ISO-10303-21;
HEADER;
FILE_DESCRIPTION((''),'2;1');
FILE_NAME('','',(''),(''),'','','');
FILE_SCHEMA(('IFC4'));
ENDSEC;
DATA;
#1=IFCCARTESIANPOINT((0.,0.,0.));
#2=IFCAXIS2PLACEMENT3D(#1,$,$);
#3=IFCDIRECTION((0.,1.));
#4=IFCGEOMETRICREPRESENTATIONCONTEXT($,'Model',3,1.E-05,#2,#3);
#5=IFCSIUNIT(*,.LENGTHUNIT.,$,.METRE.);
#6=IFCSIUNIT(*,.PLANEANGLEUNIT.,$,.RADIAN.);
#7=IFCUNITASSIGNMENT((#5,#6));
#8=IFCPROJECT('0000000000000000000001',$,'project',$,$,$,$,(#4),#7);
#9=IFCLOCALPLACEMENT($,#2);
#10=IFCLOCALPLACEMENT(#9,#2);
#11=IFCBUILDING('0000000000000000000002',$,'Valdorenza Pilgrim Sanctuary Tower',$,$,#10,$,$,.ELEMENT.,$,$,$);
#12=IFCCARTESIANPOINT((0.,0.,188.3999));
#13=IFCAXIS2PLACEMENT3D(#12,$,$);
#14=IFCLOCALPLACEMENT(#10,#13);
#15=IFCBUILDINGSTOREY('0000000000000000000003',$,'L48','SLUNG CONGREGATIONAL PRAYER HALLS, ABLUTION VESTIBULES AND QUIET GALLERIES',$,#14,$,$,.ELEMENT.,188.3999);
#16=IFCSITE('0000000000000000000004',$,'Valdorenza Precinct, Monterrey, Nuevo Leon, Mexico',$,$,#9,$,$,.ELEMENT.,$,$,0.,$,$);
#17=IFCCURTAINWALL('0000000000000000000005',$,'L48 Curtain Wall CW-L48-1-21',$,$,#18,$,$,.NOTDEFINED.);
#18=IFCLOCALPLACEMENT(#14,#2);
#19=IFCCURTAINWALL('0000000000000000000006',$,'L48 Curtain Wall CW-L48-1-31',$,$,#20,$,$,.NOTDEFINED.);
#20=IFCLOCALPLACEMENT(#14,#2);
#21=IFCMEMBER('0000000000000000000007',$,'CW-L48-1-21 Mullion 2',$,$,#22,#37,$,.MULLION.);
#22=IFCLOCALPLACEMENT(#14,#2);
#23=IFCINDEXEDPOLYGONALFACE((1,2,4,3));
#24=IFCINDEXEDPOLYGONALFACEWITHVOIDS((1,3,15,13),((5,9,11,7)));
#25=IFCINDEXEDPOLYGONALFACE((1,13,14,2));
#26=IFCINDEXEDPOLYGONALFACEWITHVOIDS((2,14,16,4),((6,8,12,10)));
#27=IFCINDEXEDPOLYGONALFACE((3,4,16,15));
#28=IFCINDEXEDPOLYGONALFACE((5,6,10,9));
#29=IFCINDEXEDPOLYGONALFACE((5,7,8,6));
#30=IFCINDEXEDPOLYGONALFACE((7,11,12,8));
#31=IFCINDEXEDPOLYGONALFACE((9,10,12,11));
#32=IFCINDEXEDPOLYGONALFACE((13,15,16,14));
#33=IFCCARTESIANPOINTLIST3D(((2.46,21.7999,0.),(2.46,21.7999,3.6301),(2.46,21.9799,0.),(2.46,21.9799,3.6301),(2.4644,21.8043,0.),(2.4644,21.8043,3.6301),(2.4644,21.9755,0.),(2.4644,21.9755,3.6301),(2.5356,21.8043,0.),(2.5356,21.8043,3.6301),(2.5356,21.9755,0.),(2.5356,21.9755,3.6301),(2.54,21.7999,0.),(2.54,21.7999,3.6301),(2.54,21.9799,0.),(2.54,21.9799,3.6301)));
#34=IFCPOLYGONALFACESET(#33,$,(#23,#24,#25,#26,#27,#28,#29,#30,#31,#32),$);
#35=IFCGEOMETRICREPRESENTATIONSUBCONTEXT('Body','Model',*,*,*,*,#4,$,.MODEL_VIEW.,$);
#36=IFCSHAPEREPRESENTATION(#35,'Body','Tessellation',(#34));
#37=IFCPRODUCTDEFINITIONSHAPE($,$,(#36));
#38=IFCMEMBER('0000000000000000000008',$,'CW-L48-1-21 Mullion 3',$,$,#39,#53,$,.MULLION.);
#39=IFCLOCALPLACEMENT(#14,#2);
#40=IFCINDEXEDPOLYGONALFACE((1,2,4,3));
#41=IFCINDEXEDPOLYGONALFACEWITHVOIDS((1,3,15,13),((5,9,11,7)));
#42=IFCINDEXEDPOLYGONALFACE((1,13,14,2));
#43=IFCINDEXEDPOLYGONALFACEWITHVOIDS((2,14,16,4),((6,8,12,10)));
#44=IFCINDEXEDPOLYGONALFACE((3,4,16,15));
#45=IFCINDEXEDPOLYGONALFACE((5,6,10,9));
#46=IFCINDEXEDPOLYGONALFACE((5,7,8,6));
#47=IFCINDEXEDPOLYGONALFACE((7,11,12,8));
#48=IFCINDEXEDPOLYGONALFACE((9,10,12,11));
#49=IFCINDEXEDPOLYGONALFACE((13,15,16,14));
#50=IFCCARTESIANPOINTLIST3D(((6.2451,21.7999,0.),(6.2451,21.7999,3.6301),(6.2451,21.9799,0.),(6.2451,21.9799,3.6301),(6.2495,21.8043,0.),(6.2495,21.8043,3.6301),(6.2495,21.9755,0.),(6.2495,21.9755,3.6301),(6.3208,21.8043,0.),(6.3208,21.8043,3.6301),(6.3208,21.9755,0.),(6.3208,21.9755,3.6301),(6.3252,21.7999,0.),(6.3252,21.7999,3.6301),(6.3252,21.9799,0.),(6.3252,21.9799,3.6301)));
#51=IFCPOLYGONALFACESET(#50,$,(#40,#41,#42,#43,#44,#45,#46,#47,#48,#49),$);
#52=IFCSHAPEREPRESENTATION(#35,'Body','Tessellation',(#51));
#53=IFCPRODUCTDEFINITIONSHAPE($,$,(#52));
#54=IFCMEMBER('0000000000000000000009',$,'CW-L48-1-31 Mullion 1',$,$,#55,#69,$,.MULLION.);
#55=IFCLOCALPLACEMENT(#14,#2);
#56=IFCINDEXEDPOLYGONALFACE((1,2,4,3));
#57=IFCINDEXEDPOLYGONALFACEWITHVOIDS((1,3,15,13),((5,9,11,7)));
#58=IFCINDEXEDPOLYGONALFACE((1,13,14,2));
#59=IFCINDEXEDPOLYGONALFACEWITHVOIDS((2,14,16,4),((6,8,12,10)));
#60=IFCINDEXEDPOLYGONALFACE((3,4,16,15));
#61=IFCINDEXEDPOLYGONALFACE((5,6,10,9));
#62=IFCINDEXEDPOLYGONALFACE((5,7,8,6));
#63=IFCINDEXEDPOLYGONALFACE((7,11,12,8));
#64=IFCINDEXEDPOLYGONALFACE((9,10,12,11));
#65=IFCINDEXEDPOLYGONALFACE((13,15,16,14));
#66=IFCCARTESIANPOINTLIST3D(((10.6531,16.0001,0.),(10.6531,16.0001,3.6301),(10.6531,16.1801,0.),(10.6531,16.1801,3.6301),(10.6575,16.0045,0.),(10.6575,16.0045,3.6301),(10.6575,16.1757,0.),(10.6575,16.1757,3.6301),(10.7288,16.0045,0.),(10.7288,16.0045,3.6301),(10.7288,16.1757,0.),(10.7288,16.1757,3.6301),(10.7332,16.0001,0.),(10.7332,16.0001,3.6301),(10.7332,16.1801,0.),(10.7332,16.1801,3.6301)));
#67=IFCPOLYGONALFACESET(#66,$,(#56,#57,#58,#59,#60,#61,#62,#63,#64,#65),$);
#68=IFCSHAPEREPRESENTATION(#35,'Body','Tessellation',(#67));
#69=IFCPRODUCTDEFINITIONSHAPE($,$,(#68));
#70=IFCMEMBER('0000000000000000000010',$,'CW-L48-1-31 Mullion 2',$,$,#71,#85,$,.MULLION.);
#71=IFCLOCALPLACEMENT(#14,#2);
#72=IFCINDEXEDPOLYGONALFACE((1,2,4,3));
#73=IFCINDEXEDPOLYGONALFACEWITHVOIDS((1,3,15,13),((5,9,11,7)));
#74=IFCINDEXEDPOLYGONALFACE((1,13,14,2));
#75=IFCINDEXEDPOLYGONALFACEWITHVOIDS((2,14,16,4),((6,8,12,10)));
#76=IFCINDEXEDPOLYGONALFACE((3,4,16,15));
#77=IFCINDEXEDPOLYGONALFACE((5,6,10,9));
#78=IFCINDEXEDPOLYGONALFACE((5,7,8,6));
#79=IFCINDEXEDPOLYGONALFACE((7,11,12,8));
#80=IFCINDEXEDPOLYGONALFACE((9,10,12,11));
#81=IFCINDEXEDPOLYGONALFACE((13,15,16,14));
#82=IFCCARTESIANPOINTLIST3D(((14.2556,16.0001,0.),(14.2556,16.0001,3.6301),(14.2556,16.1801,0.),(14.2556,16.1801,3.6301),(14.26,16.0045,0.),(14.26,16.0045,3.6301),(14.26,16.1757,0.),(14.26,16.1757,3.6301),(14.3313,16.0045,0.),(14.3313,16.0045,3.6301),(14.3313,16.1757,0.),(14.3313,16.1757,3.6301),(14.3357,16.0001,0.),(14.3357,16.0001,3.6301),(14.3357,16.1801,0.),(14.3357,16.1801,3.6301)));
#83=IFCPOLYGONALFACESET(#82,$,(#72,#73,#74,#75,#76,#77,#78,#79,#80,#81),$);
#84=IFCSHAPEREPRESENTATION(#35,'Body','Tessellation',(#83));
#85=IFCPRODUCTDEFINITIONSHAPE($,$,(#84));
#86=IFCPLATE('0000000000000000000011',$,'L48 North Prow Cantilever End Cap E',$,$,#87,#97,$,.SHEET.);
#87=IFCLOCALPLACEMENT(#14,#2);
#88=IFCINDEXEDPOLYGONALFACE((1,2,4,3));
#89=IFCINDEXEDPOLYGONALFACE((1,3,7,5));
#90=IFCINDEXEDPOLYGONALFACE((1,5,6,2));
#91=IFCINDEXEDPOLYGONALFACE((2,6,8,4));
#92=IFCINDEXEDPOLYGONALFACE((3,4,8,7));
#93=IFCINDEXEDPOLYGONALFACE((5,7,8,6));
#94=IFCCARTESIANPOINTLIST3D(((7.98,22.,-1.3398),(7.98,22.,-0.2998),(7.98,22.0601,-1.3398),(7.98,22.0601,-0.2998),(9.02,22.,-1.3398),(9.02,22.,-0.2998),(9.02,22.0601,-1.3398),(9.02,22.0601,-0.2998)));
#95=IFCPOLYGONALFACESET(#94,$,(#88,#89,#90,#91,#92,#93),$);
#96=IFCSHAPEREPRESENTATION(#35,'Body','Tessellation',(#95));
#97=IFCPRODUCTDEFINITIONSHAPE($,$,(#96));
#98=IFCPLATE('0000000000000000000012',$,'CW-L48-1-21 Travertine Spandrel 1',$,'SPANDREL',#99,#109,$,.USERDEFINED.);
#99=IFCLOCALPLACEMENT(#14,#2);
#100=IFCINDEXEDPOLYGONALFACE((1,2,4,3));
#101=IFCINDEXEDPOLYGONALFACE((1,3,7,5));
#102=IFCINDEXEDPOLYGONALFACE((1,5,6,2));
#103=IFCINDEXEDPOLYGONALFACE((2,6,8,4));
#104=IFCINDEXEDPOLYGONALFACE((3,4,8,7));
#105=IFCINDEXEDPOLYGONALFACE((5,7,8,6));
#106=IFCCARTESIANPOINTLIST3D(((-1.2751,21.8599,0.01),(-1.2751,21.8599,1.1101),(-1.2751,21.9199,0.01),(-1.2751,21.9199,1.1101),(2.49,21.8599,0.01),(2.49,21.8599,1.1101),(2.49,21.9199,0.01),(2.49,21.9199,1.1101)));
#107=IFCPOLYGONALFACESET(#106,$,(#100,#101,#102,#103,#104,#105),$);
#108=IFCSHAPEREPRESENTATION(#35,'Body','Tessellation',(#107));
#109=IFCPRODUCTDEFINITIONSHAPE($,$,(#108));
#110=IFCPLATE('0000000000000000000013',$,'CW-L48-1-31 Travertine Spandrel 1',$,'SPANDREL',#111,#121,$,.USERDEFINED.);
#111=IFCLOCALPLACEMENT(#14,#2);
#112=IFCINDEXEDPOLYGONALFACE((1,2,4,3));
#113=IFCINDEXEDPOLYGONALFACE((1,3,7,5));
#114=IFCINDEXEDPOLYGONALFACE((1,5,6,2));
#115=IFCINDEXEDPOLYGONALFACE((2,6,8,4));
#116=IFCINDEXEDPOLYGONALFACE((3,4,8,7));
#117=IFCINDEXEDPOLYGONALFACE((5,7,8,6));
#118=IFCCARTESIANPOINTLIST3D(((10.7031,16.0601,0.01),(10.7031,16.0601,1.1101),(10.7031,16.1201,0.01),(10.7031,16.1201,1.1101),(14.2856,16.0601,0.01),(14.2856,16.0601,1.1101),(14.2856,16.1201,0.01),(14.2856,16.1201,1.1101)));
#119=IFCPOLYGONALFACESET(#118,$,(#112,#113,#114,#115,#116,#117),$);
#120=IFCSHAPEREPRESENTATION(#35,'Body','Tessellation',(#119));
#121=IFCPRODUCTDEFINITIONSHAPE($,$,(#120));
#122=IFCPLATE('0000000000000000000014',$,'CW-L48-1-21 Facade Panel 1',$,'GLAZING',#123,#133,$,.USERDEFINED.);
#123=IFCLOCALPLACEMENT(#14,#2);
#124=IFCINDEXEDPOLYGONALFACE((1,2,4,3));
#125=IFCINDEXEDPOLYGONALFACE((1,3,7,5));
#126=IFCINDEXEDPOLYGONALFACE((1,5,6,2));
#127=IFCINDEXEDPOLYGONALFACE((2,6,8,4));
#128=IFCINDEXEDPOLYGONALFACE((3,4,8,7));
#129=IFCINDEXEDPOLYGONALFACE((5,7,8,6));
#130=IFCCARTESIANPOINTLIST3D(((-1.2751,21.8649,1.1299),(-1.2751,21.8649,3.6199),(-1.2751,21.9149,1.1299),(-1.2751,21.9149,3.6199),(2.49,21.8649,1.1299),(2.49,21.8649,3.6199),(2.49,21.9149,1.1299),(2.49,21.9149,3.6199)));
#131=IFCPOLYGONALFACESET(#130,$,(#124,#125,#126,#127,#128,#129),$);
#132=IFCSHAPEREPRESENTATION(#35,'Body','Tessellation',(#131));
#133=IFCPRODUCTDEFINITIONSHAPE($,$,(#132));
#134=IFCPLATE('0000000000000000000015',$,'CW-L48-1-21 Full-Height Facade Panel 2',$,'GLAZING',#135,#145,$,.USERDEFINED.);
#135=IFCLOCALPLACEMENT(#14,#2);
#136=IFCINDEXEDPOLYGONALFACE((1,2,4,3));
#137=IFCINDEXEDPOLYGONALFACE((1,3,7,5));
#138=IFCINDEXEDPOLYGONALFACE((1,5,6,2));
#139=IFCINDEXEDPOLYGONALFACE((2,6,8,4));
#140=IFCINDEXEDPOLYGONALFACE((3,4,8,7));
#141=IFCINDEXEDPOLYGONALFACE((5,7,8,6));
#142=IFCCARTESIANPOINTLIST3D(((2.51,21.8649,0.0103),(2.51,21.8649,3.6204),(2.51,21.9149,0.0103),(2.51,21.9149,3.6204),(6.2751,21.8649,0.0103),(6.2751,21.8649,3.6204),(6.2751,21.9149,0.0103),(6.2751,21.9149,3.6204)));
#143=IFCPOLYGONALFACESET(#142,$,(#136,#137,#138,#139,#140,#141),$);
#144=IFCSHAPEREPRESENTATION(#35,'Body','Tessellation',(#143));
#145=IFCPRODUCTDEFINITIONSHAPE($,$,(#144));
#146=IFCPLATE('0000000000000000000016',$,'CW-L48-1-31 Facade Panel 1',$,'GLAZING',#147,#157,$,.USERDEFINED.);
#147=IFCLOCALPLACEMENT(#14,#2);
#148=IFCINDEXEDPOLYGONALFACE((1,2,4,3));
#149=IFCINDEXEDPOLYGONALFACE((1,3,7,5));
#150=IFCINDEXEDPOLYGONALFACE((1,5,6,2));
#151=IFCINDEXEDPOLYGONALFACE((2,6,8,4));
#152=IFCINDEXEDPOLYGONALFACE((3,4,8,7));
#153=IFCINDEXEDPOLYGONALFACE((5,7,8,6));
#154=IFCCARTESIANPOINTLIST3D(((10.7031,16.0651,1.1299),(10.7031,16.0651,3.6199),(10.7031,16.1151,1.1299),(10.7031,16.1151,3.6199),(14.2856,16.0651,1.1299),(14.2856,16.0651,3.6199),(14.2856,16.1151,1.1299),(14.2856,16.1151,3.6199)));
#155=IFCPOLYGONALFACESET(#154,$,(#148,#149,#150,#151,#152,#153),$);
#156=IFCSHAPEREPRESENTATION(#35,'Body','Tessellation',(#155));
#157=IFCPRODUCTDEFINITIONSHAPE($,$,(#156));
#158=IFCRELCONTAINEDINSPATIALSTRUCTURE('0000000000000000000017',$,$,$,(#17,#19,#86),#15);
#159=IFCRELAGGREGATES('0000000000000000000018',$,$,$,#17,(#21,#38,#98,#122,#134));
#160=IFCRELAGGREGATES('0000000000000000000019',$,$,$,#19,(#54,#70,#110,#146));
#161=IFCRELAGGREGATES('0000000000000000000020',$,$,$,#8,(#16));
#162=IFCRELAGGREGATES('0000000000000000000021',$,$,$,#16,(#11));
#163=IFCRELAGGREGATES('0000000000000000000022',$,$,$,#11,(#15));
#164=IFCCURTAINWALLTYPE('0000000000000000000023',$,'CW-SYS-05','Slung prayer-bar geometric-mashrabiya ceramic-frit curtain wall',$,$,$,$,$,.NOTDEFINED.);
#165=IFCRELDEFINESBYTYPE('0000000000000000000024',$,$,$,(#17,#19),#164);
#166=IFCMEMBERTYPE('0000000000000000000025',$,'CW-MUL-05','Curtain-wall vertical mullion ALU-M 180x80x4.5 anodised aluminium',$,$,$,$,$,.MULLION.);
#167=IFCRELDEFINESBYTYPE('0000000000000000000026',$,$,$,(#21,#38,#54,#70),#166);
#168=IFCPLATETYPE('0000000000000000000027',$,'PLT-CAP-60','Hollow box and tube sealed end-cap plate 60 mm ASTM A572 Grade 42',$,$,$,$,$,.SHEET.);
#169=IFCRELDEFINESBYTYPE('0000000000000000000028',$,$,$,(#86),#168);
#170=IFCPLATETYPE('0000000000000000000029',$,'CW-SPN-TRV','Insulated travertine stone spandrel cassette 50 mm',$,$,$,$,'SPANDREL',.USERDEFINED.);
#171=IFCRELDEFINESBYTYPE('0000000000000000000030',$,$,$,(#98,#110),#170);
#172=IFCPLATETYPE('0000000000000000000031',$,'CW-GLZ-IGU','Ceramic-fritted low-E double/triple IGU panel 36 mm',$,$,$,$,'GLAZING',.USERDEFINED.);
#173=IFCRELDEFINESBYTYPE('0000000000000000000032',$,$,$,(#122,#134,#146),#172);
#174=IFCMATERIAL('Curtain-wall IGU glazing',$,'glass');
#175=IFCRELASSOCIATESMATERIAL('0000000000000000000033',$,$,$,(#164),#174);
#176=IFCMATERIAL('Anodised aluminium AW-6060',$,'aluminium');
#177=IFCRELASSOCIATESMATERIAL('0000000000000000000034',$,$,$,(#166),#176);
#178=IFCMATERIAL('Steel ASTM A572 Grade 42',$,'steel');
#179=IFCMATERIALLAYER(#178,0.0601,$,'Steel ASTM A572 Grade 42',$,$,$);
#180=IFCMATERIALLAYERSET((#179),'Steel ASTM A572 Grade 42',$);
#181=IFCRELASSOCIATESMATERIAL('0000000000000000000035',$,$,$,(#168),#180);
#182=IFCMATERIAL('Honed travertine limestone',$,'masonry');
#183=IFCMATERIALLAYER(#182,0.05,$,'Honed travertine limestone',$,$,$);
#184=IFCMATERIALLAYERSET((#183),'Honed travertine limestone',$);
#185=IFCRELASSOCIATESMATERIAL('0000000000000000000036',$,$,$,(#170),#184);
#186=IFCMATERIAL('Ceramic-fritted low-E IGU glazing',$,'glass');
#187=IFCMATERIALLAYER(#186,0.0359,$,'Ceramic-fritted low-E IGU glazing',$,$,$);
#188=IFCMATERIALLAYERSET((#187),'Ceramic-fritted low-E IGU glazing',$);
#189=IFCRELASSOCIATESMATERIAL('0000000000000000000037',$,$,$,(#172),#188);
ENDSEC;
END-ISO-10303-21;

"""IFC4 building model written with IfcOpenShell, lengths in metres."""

from ifc_helpers import new_model, si_unit, direction, frame, origin, origin_2d, place, context, subcontext, project, spatial, rectangle, hollow_rectangle, extrude, source, transform, mapped, material, layer, layer_set, material_profile, profile_set, type_object, element, aggregate, save


model = new_model("IFC4")

# Units and contexts
model_context = context("Model", 3, precision=1e-05, world=origin(), true_north=direction((0.0, 1.0)))
body_context = subcontext(model_context, "Body", "Model", "MODEL_VIEW")
ifc_project = project(units=[si_unit("LENGTHUNIT", "METRE"), si_unit("PLANEANGLEUNIT", "RADIAN")], contexts=[model_context])

# Site, building, storey
site_placement = place(None, origin())
site = spatial("IfcSite", under=ifc_project, at=site_placement, Name="Valdorenza Precinct, Monterrey, Nuevo Leon, Mexico", CompositionType="ELEMENT", RefElevation=0.0)
building_placement = place(site_placement, origin())
building = spatial("IfcBuilding", under=site, at=building_placement, Name="Valdorenza Pilgrim Sanctuary Tower", CompositionType="ELEMENT")
storey_placement = place(building_placement, frame((0.0, 0.0, 188.3999)))
storey = spatial("IfcBuildingStorey", under=building, at=storey_placement, Name="L48", Description="SLUNG CONGREGATIONAL PRAYER HALLS, ABLUTION VESTIBULES AND QUIET GALLERIES", CompositionType="ELEMENT", Elevation=188.3999)

# Shared definitions
ifc_material_1 = material(Name="Steel ASTM A572 Grade 42", Category="steel")

# Curtain walls
ifc_material_2 = material(Name="Curtain-wall IGU glazing", Category="glass")
curtain_wall_type_1 = type_object("IfcCurtainWallType", Name="CW-SYS-05", Description="Slung prayer-bar geometric-mashrabiya ceramic-frit curtain wall", PredefinedType="NOTDEFINED", material=ifc_material_2)
curtain_wall_1_placement = place(storey_placement, origin())
curtain_wall_1 = element("IfcCurtainWall", 1, at=curtain_wall_1_placement, inside=storey, type_object=curtain_wall_type_1, Name="L48 Curtain Wall CW-L48-1-21", PredefinedType="NOTDEFINED")
ifc_material_3 = material(Name="Anodised aluminium AW-6060", Category="aluminium")
curtain_wall_2_placement = place(storey_placement, origin())
curtain_wall_2 = element("IfcCurtainWall", 2, at=curtain_wall_2_placement, inside=storey, type_object=curtain_wall_type_1, Name="L48 Curtain Wall CW-L48-1-31", PredefinedType="NOTDEFINED")

# Members
ifc_material_profile_1 = material_profile(ifc_material_3, hollow_rectangle(XDim=0.0801, YDim=0.1799, WallThickness=0.0044, at=origin_2d()), Name="ALU-M 180x80x4.5")
ifc_profile_set_1 = profile_set([ifc_material_profile_1], Name="Anodised aluminium AW-6060")
member_type_1 = type_object("IfcMemberType", Name="CW-MUL-05", Description="Curtain-wall vertical mullion ALU-M 180x80x4.5 anodised aluminium", PredefinedType="MULLION", material=ifc_profile_set_1)
shared_shape_1 = source(origin(), body_context, "Body", "SweptSolid", [
    extrude(hollow_rectangle(XDim=0.0801, YDim=0.1799, WallThickness=0.0044, at=origin_2d()), origin(), (0.0, 0.0, 1.0), 3.6301),
])
member_1_placement = place(storey_placement, frame((2.5, 21.8899, 0.0), z_axis=(0.0, 0.0, 1.0), x_axis=(1.0, 0.0, 0.0)))
member_1 = element("IfcMember", 3, at=member_1_placement, type_object=member_type_1, Name="CW-L48-1-21 Mullion 2", PredefinedType="MULLION", context=body_context, shape_type="MappedRepresentation", body=[
    mapped(shared_shape_1, transform((0.0, 0.0, 0.0), x_axis=(1.0, 0.0, 0.0), y_axis=(0.0, 1.0, 0.0), z_axis=(0.0, 0.0, 1.0), scale=1.0)),
])
member_2_placement = place(storey_placement, frame((6.2852, 21.8899, 0.0), z_axis=(0.0, 0.0, 1.0), x_axis=(1.0, 0.0, 0.0)))
member_2 = element("IfcMember", 4, at=member_2_placement, type_object=member_type_1, Name="CW-L48-1-21 Mullion 3", PredefinedType="MULLION", context=body_context, shape_type="MappedRepresentation", body=[
    mapped(shared_shape_1, transform((0.0, 0.0, 0.0), x_axis=(1.0, 0.0, 0.0), y_axis=(0.0, 1.0, 0.0), z_axis=(0.0, 0.0, 1.0), scale=1.0)),
])
member_3_placement = place(storey_placement, frame((10.6931, 16.0901, 0.0), z_axis=(0.0, 0.0, 1.0), x_axis=(1.0, 0.0, 0.0)))
member_3 = element("IfcMember", 5, at=member_3_placement, type_object=member_type_1, Name="CW-L48-1-31 Mullion 1", PredefinedType="MULLION", context=body_context, shape_type="MappedRepresentation", body=[
    mapped(shared_shape_1, transform((0.0, 0.0, 0.0), x_axis=(1.0, 0.0, 0.0), y_axis=(0.0, 1.0, 0.0), z_axis=(0.0, 0.0, 1.0), scale=1.0)),
])
member_4_placement = place(storey_placement, frame((14.2957, 16.0901, 0.0), z_axis=(0.0, 0.0, 1.0), x_axis=(1.0, 0.0, 0.0)))
member_4 = element("IfcMember", 6, at=member_4_placement, type_object=member_type_1, Name="CW-L48-1-31 Mullion 2", PredefinedType="MULLION", context=body_context, shape_type="MappedRepresentation", body=[
    mapped(shared_shape_1, transform((0.0, 0.0, 0.0), x_axis=(1.0, 0.0, 0.0), y_axis=(0.0, 1.0, 0.0), z_axis=(0.0, 0.0, 1.0), scale=1.0)),
])

# Plates
ifc_layer_1 = layer(ifc_material_1, 0.0601, Name="Steel ASTM A572 Grade 42")
ifc_layer_set_1 = layer_set([ifc_layer_1], Name="Steel ASTM A572 Grade 42")
plate_type_1 = type_object("IfcPlateType", Name="PLT-CAP-60", Description="Hollow box and tube sealed end-cap plate 60 mm ASTM A572 Grade 42", PredefinedType="SHEET", material=ifc_layer_set_1)
shared_shape_2 = source(origin(), body_context, "Body", "SweptSolid", [
    extrude(rectangle(XDim=1.04, YDim=0.0601, at=origin_2d()), origin(), (0.0, 0.0, 1.0), 1.04),
])
plate_1_placement = place(storey_placement, frame((8.5, 22.03, -1.3398), z_axis=(0.0, 0.0, 1.0), x_axis=(1.0, 0.0, 0.0)))
element("IfcPlate", 7, at=plate_1_placement, inside=storey, type_object=plate_type_1, Name="L48 North Prow Cantilever End Cap E", PredefinedType="SHEET", context=body_context, shape_type="MappedRepresentation", body=[
    mapped(shared_shape_2, transform((0.0, 0.0, 0.0), x_axis=(1.0, 0.0, 0.0), y_axis=(0.0, 1.0, 0.0), z_axis=(0.0, 0.0, 1.0), scale=1.0)),
])
ifc_material_4 = material(Name="Honed travertine limestone", Category="masonry")
ifc_layer_2 = layer(ifc_material_4, 0.05, Name="Honed travertine limestone")
ifc_layer_set_2 = layer_set([ifc_layer_2], Name="Honed travertine limestone")
plate_type_2 = type_object("IfcPlateType", Name="CW-SPN-TRV", Description="Insulated travertine stone spandrel cassette 50 mm", ElementType="SPANDREL", PredefinedType="USERDEFINED", material=ifc_layer_set_2)
shared_shape_3 = source(origin(), body_context, "Body", "SweptSolid", [
    extrude(rectangle(XDim=3.7651, YDim=0.0601, at=origin_2d()), origin(), (0.0, 0.0, 1.0), 1.1001),
])
plate_2_placement = place(storey_placement, frame((0.6074, 21.8899, 0.01), z_axis=(0.0, 0.0, 1.0), x_axis=(1.0, 0.0, 0.0)))
plate_2 = element("IfcPlate", 8, at=plate_2_placement, type_object=plate_type_2, Name="CW-L48-1-21 Travertine Spandrel 1", ObjectType="SPANDREL", PredefinedType="USERDEFINED", context=body_context, shape_type="MappedRepresentation", body=[
    mapped(shared_shape_3, transform((0.0, 0.0, 0.0), x_axis=(1.0, 0.0, 0.0), y_axis=(0.0, 1.0, 0.0), z_axis=(0.0, 0.0, 1.0), scale=1.0)),
])
shared_shape_4 = source(origin(), body_context, "Body", "SweptSolid", [
    extrude(rectangle(XDim=3.5825, YDim=0.0601, at=origin_2d()), origin(), (0.0, 0.0, 1.0), 1.1001),
])
plate_3_placement = place(storey_placement, frame((12.4944, 16.0901, 0.01), z_axis=(0.0, 0.0, 1.0), x_axis=(1.0, 0.0, 0.0)))
plate_3 = element("IfcPlate", 9, at=plate_3_placement, type_object=plate_type_2, Name="CW-L48-1-31 Travertine Spandrel 1", ObjectType="SPANDREL", PredefinedType="USERDEFINED", context=body_context, shape_type="MappedRepresentation", body=[
    mapped(shared_shape_4, transform((0.0, 0.0, 0.0), x_axis=(1.0, 0.0, 0.0), y_axis=(0.0, 1.0, 0.0), z_axis=(0.0, 0.0, 1.0), scale=1.0)),
])
ifc_material_5 = material(Name="Ceramic-fritted low-E IGU glazing", Category="glass")
ifc_layer_3 = layer(ifc_material_5, 0.0359, Name="Ceramic-fritted low-E IGU glazing")
ifc_layer_set_3 = layer_set([ifc_layer_3], Name="Ceramic-fritted low-E IGU glazing")
plate_type_3 = type_object("IfcPlateType", Name="CW-GLZ-IGU", Description="Ceramic-fritted low-E double/triple IGU panel 36 mm", ElementType="GLAZING", PredefinedType="USERDEFINED", material=ifc_layer_set_3)
shared_shape_5 = source(origin(), body_context, "Body", "SweptSolid", [
    extrude(rectangle(XDim=3.7651, YDim=0.05, at=origin_2d()), origin(), (0.0, 0.0, 1.0), 2.49),
])
plate_4_placement = place(storey_placement, frame((0.6074, 21.8899, 1.1299), z_axis=(0.0, 0.0, 1.0), x_axis=(1.0, 0.0, 0.0)))
plate_4 = element("IfcPlate", 10, at=plate_4_placement, type_object=plate_type_3, Name="CW-L48-1-21 Facade Panel 1", ObjectType="GLAZING", PredefinedType="USERDEFINED", context=body_context, shape_type="MappedRepresentation", body=[
    mapped(shared_shape_5, transform((0.0, 0.0, 0.0), x_axis=(1.0, 0.0, 0.0), y_axis=(0.0, 1.0, 0.0), z_axis=(0.0, 0.0, 1.0), scale=1.0)),
])
shared_shape_6 = source(origin(), body_context, "Body", "SweptSolid", [
    extrude(rectangle(XDim=3.7651, YDim=0.05, at=origin_2d()), origin(), (0.0, 0.0, 1.0), 3.6101),
])
plate_5_placement = place(storey_placement, frame((4.3926, 21.8899, 0.0103), z_axis=(0.0, 0.0, 1.0), x_axis=(1.0, 0.0, 0.0)))
plate_5 = element("IfcPlate", 11, at=plate_5_placement, type_object=plate_type_3, Name="CW-L48-1-21 Full-Height Facade Panel 2", ObjectType="GLAZING", PredefinedType="USERDEFINED", context=body_context, shape_type="MappedRepresentation", body=[
    mapped(shared_shape_6, transform((0.0, 0.0, 0.0), x_axis=(1.0, 0.0, 0.0), y_axis=(0.0, 1.0, 0.0), z_axis=(0.0, 0.0, 1.0), scale=1.0)),
])
aggregate(curtain_wall_1, [member_1, member_2, plate_2, plate_4, plate_5])
shared_shape_7 = source(origin(), body_context, "Body", "SweptSolid", [
    extrude(rectangle(XDim=3.5825, YDim=0.05, at=origin_2d()), origin(), (0.0, 0.0, 1.0), 2.49),
])
plate_6_placement = place(storey_placement, frame((12.4944, 16.0901, 1.1299), z_axis=(0.0, 0.0, 1.0), x_axis=(1.0, 0.0, 0.0)))
plate_6 = element("IfcPlate", 12, at=plate_6_placement, type_object=plate_type_3, Name="CW-L48-1-31 Facade Panel 1", ObjectType="GLAZING", PredefinedType="USERDEFINED", context=body_context, shape_type="MappedRepresentation", body=[
    mapped(shared_shape_7, transform((0.0, 0.0, 0.0), x_axis=(1.0, 0.0, 0.0), y_axis=(0.0, 1.0, 0.0), z_axis=(0.0, 0.0, 1.0), scale=1.0)),
])
aggregate(curtain_wall_2, [member_3, member_4, plate_3, plate_6])

save(model, "model.ifc")
